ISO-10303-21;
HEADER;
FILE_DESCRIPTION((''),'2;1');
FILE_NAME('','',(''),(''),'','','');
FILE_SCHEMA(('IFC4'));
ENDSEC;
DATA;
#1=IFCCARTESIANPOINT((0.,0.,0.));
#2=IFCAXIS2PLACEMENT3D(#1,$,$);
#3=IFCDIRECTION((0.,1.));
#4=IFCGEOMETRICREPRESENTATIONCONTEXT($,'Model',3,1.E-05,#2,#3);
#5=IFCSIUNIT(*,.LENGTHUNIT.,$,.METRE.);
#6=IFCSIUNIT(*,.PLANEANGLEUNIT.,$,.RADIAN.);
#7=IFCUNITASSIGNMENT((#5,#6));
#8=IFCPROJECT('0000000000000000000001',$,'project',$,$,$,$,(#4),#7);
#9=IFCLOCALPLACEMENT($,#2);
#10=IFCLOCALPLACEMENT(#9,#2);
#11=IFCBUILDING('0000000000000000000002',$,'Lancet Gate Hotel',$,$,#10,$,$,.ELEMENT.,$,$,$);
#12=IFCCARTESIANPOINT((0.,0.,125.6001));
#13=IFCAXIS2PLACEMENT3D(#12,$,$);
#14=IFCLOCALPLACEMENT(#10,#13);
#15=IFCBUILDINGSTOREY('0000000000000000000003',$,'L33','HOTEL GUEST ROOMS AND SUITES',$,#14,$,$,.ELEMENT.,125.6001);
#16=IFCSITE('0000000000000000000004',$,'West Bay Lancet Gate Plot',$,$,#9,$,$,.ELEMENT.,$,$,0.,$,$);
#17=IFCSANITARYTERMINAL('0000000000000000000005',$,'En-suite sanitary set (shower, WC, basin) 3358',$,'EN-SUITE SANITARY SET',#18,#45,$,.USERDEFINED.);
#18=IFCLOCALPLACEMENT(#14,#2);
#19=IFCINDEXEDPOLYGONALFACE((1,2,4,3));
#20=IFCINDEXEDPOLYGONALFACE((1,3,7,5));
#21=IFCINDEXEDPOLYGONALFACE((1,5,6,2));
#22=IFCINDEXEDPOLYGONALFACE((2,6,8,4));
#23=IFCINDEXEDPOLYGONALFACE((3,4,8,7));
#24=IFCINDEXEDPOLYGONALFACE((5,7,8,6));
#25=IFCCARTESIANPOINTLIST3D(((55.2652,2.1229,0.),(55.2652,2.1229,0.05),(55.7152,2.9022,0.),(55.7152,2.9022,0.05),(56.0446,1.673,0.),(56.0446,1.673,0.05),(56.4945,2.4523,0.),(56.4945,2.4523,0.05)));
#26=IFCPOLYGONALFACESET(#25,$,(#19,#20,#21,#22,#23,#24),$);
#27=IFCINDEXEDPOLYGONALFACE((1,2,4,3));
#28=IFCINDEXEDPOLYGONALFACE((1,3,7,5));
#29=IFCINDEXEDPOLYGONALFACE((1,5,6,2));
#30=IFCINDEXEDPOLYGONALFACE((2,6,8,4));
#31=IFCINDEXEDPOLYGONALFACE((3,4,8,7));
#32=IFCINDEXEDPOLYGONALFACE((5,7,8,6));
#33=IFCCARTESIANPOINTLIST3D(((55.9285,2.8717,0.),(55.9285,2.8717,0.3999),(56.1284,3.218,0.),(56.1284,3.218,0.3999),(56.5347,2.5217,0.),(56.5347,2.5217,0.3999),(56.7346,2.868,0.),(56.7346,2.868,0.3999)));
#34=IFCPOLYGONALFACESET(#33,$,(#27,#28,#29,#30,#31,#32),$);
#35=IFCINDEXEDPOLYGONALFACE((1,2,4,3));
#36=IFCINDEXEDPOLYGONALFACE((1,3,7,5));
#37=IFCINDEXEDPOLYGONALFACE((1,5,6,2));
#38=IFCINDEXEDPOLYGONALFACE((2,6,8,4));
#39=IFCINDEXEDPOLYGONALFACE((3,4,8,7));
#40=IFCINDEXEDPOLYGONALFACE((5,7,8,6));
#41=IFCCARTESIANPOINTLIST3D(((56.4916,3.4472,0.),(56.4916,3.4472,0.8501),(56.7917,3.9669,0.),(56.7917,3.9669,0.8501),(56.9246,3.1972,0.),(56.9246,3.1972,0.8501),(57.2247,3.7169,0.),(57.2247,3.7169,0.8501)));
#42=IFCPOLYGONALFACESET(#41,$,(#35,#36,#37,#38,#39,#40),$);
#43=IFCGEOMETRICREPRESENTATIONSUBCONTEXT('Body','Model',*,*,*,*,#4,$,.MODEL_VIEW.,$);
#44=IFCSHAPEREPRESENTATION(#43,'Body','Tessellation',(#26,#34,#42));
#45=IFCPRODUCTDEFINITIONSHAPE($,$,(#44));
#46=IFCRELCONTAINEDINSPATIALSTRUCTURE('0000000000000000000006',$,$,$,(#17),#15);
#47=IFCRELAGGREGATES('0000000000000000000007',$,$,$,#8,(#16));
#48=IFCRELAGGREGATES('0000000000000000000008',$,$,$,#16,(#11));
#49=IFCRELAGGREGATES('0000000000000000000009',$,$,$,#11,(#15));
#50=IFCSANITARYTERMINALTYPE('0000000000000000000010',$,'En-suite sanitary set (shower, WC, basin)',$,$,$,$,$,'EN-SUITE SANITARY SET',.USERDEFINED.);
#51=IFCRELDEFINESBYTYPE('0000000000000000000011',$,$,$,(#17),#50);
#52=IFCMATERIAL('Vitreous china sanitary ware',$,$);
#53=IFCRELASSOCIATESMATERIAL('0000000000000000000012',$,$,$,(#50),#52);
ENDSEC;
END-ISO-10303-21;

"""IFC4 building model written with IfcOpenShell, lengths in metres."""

from ifc_helpers import new_model, si_unit, direction, frame, origin, origin_2d, place, context, subcontext, project, spatial, rectangle, extrude, material, type_object, element, save


model = new_model("IFC4")

# Units and contexts
model_context = context("Model", 3, precision=1e-05, world=origin(), true_north=direction((0.0, 1.0)))
body_context = subcontext(model_context, "Body", "Model", "MODEL_VIEW")
ifc_project = project(units=[si_unit("LENGTHUNIT", "METRE"), si_unit("PLANEANGLEUNIT", "RADIAN")], contexts=[model_context])

# Site, building, storey
site_placement = place(None, origin())
site = spatial("IfcSite", under=ifc_project, at=site_placement, Name="West Bay Lancet Gate Plot", CompositionType="ELEMENT", RefElevation=0.0)
building_placement = place(site_placement, origin())
building = spatial("IfcBuilding", under=site, at=building_placement, Name="Lancet Gate Hotel", CompositionType="ELEMENT")
storey_placement = place(building_placement, frame((0.0, 0.0, 125.6001)))
storey = spatial("IfcBuildingStorey", under=building, at=storey_placement, Name="L33", Description="HOTEL GUEST ROOMS AND SUITES", CompositionType="ELEMENT", Elevation=125.6001)

# Sanitary terminal
ifc_material_1 = material(Name="Vitreous china sanitary ware")
sanitary_terminal_type = type_object("IfcSanitaryTerminalType", Name="En-suite sanitary set (shower, WC, basin)", ElementType="EN-SUITE SANITARY SET", PredefinedType="USERDEFINED", material=ifc_material_1)
sanitary_terminal_placement = place(storey_placement, frame((55.8799, 2.2876, 0.0), z_axis=(0.0, 0.0, 1.0), x_axis=(1.0, 0.0, 0.0)))
element("IfcSanitaryTerminal", 1, at=sanitary_terminal_placement, inside=storey, type_object=sanitary_terminal_type, Name="En-suite sanitary set (shower, WC, basin) 3358", ObjectType="EN-SUITE SANITARY SET", PredefinedType="USERDEFINED", context=body_context, shape_type="SweptSolid", body=[
    extrude(rectangle(XDim=0.8999, YDim=0.8999, at=origin_2d()), frame((0.0, 0.0, 0.0), z_axis=(0.0, 0.0, 1.0), x_axis=(-0.5, -0.866025, 0.0)), (0.0, 0.0, 1.0), 0.05),
    extrude(rectangle(XDim=0.3999, YDim=0.7, at=origin_2d()), frame((0.4517, 0.5823, 0.0), z_axis=(0.0, 0.0, 1.0), x_axis=(-0.5, -0.866025, 0.0)), (0.0, 0.0, 1.0), 0.3999),
    extrude(rectangle(XDim=0.6001, YDim=0.5, at=origin_2d()), frame((0.9783, 1.2944, 0.0), z_axis=(0.0, 0.0, 1.0), x_axis=(-0.5, -0.866025, 0.0)), (0.0, 0.0, 1.0), 0.8501),
])

save(model, "model.ifc")
